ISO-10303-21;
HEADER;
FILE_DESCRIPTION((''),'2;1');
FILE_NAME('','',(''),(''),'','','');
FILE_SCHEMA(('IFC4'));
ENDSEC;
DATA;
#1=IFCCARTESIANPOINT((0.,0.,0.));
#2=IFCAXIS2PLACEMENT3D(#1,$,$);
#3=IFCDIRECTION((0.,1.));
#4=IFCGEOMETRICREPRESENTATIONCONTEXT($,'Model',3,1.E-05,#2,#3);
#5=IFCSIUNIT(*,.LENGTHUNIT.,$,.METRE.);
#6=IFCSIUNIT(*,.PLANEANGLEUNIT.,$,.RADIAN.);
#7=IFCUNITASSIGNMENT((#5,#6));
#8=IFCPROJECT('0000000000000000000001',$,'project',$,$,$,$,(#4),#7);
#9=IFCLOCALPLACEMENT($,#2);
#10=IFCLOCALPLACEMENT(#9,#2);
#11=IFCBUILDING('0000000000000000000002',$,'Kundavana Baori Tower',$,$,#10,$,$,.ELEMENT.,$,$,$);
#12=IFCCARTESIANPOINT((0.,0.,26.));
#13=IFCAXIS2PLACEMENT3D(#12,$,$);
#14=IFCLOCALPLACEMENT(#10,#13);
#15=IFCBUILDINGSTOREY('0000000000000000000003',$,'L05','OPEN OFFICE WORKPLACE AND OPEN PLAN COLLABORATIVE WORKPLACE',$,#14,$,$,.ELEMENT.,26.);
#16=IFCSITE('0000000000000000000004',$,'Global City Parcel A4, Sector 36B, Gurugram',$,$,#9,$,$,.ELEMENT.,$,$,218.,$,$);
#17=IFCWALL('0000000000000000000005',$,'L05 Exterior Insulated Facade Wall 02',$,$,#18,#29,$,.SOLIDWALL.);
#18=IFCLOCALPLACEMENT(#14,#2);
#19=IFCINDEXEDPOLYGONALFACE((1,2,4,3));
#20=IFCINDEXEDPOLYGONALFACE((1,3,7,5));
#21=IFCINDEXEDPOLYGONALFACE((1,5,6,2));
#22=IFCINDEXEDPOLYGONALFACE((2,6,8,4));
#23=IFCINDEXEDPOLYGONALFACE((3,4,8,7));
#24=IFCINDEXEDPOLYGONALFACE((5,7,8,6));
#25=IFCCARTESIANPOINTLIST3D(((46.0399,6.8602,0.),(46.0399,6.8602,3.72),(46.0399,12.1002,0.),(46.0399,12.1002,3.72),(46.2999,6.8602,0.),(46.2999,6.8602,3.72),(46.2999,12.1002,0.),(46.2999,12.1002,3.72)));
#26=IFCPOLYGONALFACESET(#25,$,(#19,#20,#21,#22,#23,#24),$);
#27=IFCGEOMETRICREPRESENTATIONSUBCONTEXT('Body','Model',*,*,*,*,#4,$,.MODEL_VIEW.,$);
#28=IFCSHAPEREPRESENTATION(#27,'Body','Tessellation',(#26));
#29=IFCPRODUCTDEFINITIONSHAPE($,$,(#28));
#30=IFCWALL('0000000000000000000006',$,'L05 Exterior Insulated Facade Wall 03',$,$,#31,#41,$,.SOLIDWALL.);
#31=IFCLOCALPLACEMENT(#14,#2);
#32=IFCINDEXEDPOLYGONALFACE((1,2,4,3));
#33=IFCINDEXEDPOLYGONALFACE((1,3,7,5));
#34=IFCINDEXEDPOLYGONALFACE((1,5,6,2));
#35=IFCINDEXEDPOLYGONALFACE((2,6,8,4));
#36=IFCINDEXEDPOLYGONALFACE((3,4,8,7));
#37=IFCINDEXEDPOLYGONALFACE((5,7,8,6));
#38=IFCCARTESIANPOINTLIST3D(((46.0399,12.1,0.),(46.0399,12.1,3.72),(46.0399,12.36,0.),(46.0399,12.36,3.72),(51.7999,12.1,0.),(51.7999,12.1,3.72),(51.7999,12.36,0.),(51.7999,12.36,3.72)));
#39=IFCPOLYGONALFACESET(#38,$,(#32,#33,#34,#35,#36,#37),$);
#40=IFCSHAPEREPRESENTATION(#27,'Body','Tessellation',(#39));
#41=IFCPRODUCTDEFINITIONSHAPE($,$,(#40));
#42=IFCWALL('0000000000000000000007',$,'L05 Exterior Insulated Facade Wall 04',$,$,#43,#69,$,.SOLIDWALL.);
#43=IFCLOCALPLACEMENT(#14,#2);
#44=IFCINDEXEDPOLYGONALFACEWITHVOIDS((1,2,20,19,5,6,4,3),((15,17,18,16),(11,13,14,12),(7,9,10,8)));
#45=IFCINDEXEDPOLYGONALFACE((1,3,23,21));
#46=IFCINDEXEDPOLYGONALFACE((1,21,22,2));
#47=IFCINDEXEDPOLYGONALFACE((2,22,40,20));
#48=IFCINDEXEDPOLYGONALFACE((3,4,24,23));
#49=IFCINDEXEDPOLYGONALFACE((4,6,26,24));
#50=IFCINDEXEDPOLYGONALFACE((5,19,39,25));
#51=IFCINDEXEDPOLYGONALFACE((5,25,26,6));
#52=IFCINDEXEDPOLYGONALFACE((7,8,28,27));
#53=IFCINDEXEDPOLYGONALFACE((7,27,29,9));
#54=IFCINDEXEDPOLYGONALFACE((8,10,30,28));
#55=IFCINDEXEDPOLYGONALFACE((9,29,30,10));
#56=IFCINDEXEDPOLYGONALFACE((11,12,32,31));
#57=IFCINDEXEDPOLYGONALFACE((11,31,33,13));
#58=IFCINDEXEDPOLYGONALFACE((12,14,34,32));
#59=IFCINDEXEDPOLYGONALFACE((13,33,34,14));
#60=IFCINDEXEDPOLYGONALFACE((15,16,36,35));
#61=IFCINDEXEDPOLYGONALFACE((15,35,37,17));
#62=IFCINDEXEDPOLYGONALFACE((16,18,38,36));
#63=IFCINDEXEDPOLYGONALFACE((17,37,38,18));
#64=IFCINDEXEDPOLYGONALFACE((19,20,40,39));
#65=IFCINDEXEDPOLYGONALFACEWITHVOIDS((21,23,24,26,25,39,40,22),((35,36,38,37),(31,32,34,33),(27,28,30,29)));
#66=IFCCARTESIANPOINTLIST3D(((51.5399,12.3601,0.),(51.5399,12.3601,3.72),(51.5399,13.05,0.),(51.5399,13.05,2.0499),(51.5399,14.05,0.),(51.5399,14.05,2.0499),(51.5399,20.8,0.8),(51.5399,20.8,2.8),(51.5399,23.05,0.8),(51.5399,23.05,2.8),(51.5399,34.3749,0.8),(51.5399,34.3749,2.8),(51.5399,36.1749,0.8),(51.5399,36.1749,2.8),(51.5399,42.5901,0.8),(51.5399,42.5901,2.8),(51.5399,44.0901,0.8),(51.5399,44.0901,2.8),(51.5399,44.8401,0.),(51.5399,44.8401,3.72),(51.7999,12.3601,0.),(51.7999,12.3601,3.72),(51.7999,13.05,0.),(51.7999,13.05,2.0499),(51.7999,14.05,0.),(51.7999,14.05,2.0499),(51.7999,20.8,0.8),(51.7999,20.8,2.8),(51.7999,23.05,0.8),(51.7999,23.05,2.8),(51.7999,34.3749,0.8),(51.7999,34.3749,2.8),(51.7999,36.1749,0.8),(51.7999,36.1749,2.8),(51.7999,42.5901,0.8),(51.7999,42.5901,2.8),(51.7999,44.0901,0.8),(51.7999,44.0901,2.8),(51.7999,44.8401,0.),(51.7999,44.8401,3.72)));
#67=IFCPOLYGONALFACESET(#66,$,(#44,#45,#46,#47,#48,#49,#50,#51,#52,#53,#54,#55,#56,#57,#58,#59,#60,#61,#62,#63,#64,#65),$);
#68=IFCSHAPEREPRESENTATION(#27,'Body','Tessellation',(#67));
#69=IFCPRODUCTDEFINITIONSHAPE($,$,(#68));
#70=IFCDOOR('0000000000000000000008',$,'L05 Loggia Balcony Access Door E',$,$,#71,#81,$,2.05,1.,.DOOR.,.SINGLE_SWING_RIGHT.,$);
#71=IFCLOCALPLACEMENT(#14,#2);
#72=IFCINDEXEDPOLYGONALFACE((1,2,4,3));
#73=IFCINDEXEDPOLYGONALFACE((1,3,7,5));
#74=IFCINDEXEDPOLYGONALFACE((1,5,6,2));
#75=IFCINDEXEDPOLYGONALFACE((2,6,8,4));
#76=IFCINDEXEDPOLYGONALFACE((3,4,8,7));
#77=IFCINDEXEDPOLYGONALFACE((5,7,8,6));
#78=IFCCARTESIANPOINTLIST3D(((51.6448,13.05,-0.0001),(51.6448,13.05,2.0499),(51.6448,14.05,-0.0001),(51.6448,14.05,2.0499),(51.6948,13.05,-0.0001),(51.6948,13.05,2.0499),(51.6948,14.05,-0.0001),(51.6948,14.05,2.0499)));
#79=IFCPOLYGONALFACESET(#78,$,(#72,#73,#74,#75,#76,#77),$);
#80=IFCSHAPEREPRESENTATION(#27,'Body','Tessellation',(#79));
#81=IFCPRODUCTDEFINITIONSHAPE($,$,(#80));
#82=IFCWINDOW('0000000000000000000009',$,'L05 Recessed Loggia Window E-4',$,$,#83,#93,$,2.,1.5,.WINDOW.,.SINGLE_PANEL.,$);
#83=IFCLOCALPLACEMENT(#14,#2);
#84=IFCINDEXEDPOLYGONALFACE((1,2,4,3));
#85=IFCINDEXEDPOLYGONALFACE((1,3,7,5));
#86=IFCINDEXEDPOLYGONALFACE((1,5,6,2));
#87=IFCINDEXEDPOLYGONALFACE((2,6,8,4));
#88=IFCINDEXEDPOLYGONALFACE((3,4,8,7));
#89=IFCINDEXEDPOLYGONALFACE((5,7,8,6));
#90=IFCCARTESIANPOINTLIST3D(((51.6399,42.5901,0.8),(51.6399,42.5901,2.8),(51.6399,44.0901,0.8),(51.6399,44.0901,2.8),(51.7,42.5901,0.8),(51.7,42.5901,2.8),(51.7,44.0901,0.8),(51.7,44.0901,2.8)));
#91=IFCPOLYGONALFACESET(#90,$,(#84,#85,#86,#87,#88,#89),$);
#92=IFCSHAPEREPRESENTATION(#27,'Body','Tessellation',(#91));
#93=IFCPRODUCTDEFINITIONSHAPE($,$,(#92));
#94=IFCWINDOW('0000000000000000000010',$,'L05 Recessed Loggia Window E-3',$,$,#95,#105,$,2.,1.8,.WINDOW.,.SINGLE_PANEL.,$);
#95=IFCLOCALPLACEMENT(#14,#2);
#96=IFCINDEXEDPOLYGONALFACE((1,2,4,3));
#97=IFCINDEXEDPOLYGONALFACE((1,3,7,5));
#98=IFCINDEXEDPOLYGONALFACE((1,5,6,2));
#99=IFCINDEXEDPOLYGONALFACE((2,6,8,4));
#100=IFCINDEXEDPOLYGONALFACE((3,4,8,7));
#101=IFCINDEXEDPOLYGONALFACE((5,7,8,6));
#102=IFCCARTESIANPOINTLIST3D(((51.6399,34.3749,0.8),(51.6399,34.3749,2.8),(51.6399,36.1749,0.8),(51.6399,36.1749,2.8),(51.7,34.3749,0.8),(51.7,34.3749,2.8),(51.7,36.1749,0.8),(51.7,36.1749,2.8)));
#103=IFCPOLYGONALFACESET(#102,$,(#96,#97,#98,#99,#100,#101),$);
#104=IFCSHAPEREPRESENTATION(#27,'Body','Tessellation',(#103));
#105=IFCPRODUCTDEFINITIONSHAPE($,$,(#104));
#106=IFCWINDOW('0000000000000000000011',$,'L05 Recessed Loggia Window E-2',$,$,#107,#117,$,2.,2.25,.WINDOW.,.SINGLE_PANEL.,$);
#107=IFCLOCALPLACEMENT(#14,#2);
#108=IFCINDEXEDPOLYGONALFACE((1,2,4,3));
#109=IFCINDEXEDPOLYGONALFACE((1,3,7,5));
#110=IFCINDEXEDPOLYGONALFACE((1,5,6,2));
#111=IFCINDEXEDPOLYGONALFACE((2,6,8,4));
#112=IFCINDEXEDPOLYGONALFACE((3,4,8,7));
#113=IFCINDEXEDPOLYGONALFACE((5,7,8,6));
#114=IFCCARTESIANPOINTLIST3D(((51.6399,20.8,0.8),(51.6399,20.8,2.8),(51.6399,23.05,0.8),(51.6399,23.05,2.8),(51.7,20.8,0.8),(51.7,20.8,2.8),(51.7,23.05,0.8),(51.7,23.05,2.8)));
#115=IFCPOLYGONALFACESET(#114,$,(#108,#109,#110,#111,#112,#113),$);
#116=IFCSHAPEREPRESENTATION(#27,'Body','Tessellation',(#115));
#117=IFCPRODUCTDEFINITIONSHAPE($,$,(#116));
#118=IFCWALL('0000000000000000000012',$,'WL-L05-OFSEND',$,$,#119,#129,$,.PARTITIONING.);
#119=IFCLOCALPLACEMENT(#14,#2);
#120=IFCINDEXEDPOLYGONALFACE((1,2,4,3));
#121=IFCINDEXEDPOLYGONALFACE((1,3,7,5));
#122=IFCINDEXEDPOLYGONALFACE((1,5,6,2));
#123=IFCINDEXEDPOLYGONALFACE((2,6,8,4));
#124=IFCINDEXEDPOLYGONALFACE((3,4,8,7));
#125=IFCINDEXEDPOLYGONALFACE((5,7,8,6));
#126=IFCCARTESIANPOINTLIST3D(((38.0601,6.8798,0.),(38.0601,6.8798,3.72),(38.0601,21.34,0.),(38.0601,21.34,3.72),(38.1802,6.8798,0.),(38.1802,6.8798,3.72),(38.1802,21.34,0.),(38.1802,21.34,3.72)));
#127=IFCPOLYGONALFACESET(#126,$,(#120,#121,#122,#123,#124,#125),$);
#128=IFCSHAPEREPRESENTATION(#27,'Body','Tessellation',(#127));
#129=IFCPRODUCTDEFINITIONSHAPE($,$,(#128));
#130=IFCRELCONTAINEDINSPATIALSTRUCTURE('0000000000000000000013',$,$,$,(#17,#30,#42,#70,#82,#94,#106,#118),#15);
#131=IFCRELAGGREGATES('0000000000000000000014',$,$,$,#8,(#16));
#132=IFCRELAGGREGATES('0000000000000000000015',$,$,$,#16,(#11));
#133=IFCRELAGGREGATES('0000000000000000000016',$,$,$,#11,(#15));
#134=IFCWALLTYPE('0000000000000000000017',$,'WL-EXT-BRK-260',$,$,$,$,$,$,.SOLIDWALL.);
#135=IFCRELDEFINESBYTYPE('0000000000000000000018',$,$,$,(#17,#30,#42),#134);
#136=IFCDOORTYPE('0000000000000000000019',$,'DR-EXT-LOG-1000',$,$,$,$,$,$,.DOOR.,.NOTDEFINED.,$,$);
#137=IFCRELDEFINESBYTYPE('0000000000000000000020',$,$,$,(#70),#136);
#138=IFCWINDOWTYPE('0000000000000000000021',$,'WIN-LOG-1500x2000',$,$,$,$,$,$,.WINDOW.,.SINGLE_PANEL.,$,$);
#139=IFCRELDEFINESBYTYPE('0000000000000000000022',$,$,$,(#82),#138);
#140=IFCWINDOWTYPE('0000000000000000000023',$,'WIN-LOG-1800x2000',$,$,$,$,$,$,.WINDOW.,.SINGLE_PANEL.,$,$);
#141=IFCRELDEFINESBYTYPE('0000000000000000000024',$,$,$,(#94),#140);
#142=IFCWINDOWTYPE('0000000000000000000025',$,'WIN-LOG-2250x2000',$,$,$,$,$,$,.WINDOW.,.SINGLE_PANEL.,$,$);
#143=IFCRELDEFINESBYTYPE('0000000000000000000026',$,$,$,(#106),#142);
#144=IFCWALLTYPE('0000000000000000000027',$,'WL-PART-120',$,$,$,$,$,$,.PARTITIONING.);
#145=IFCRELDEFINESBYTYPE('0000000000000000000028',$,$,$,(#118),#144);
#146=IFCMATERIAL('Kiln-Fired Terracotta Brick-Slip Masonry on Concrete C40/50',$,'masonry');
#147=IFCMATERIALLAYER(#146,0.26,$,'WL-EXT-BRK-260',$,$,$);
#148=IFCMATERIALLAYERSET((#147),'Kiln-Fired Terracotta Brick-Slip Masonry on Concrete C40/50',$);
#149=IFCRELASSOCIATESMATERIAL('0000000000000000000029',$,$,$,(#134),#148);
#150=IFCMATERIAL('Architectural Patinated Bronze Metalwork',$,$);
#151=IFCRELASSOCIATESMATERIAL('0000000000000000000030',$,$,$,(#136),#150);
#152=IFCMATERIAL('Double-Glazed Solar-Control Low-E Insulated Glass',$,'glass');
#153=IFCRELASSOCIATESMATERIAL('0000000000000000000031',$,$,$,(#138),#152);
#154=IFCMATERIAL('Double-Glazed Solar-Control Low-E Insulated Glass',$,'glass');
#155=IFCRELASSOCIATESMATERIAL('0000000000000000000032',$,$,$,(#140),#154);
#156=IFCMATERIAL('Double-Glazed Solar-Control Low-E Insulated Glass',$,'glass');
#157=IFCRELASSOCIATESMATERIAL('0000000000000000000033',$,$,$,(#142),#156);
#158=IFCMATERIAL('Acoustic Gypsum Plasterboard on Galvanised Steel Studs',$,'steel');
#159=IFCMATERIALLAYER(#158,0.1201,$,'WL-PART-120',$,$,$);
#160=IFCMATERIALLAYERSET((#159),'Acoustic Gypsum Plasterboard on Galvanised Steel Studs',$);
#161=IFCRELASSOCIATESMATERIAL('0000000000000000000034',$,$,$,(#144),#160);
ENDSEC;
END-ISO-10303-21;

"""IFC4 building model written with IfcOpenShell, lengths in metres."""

from ifc_helpers import new_model, si_unit, direction, frame, frame_2d, origin, place, context, subcontext, project, spatial, rectangle, extrude, material, layer, layer_set, type_object, element, fill, save


model = new_model("IFC4")

# Units and contexts
model_context = context("Model", 3, precision=1e-05, world=origin(), true_north=direction((0.0, 1.0)))
body_context = subcontext(model_context, "Body", "Model", "MODEL_VIEW")
ifc_project = project(units=[si_unit("LENGTHUNIT", "METRE"), si_unit("PLANEANGLEUNIT", "RADIAN")], contexts=[model_context])

# Site, building, storey
site_placement = place(None, origin())
site = spatial("IfcSite", under=ifc_project, at=site_placement, Name="Global City Parcel A4, Sector 36B, Gurugram", CompositionType="ELEMENT", RefElevation=218.0)
building_placement = place(site_placement, origin())
building = spatial("IfcBuilding", under=site, at=building_placement, Name="Kundavana Baori Tower", CompositionType="ELEMENT")
storey_placement = place(building_placement, frame((0.0, 0.0, 26.0)))
storey = spatial("IfcBuildingStorey", under=building, at=storey_placement, Name="L05", Description="OPEN OFFICE WORKPLACE AND OPEN PLAN COLLABORATIVE WORKPLACE", CompositionType="ELEMENT", Elevation=26.0)

# Walls
ifc_material_1 = material(Name="Kiln-Fired Terracotta Brick-Slip Masonry on Concrete C40/50", Category="masonry")
ifc_layer_1 = layer(ifc_material_1, 0.26, Name="WL-EXT-BRK-260")
ifc_layer_set_1 = layer_set([ifc_layer_1], Name="Kiln-Fired Terracotta Brick-Slip Masonry on Concrete C40/50")
wall_type_1 = type_object("IfcWallType", Name="WL-EXT-BRK-260", PredefinedType="SOLIDWALL", material=ifc_layer_set_1)
wall_1_placement = place(storey_placement, frame((46.1699, 6.8601, 0.0), z_axis=(0.0, 0.0, 1.0), x_axis=(0.0, 1.0, 0.0)))
element("IfcWall", 1, at=wall_1_placement, inside=storey, type_object=wall_type_1, Name="L05 Exterior Insulated Facade Wall 02", PredefinedType="SOLIDWALL", context=body_context, shape_type="SweptSolid", body=[
    extrude(rectangle(XDim=5.24, YDim=0.26, at=frame_2d((2.6201, 0.0))), origin(), (0.0, 0.0, 1.0), 3.72),
])
wall_2_placement = place(storey_placement, frame((46.04, 12.23, 0.0), z_axis=(0.0, 0.0, 1.0), x_axis=(1.0, 0.0, 0.0)))
element("IfcWall", 2, at=wall_2_placement, inside=storey, type_object=wall_type_1, Name="L05 Exterior Insulated Facade Wall 03", PredefinedType="SOLIDWALL", context=body_context, shape_type="SweptSolid", body=[
    extrude(rectangle(XDim=5.76, YDim=0.26, at=frame_2d((2.8799, 0.0))), origin(), (0.0, 0.0, 1.0), 3.72),
])

# Wall, openings, door, windows
wall_3_placement = place(storey_placement, frame((51.6699, 12.3601, 0.0), z_axis=(0.0, 0.0, 1.0), x_axis=(0.0, 1.0, 0.0)))
wall_3 = element("IfcWall", 3, at=wall_3_placement, inside=storey, type_object=wall_type_1, Name="L05 Exterior Insulated Facade Wall 04", PredefinedType="SOLIDWALL", context=body_context, shape_type="SweptSolid", body=[
    extrude(rectangle(XDim=32.48, YDim=0.26, at=frame_2d((16.24, 0.0))), origin(), (0.0, 0.0, 1.0), 3.72),
])
opening_1_placement = place(wall_3_placement, frame((0.6899, 0.0, 0.0)))
opening_1 = element("IfcOpeningElement", 4, at=opening_1_placement, cuts=wall_3, PredefinedType="OPENING", context=body_context, shape_type="SweptSolid", body=[
    extrude(rectangle(XDim=1.0, YDim=2.05, at=frame_2d((0.5, 1.0249))), frame((0.0, 0.1401, 0.0), z_axis=(0.0, -1.0, 0.0), x_axis=(1.0, 0.0, 0.0)), (0.0, 0.0, 1.0), 0.28),
])
opening_2_placement = place(wall_3_placement, frame((8.4399, 0.0, 0.8)))
opening_2 = element("IfcOpeningElement", 5, at=opening_2_placement, cuts=wall_3, PredefinedType="OPENING", context=body_context, shape_type="SweptSolid", body=[
    extrude(rectangle(XDim=2.25, YDim=2.0, at=frame_2d((1.125, 1.0))), frame((0.0, 0.1401, 0.0), z_axis=(0.0, -1.0, 0.0), x_axis=(1.0, 0.0, 0.0)), (0.0, 0.0, 1.0), 0.28),
])
opening_3_placement = place(wall_3_placement, frame((22.0149, 0.0, 0.8)))
opening_3 = element("IfcOpeningElement", 6, at=opening_3_placement, cuts=wall_3, PredefinedType="OPENING", context=body_context, shape_type="SweptSolid", body=[
    extrude(rectangle(XDim=1.8, YDim=2.0, at=frame_2d((0.8999, 1.0))), frame((0.0, 0.1401, 0.0), z_axis=(0.0, -1.0, 0.0), x_axis=(1.0, 0.0, 0.0)), (0.0, 0.0, 1.0), 0.28),
])
opening_4_placement = place(wall_3_placement, frame((30.23, 0.0, 0.8)))
opening_4 = element("IfcOpeningElement", 7, at=opening_4_placement, cuts=wall_3, PredefinedType="OPENING", context=body_context, shape_type="SweptSolid", body=[
    extrude(rectangle(XDim=1.5, YDim=2.0, at=frame_2d((0.75, 1.0))), frame((0.0, 0.1401, 0.0), z_axis=(0.0, -1.0, 0.0), x_axis=(1.0, 0.0, 0.0)), (0.0, 0.0, 1.0), 0.28),
])
ifc_material_2 = material(Name="Architectural Patinated Bronze Metalwork")
door_type_1 = type_object("IfcDoorType", Name="DR-EXT-LOG-1000", OperationType="NOTDEFINED", PredefinedType="DOOR", material=ifc_material_2)
door_1_placement = place(opening_1_placement, frame((1.0, 0.0, 0.0), z_axis=(0.0, 0.0, 1.0), x_axis=(-1.0, 0.0, 0.0)))
door_1 = element("IfcDoor", 8, at=door_1_placement, inside=storey, type_object=door_type_1, Name="L05 Loggia Balcony Access Door E", OperationType="SINGLE_SWING_RIGHT", OverallHeight=2.05, OverallWidth=1.0, PredefinedType="DOOR", context=body_context, shape_type="SweptSolid", body=[
    extrude(rectangle(XDim=1.0, YDim=2.05, at=frame_2d((0.5, 1.0249))), frame((0.0, 0.0249, 0.0), z_axis=(0.0, -1.0, 0.0), x_axis=(1.0, 0.0, 0.0)), (0.0, 0.0, 1.0), 0.05),
])
fill(opening_1, door_1)
ifc_material_3 = material(Name="Double-Glazed Solar-Control Low-E Insulated Glass", Category="glass")
window_type_1 = type_object("IfcWindowType", Name="WIN-LOG-1500x2000", PartitioningType="SINGLE_PANEL", PredefinedType="WINDOW", material=ifc_material_3)
window_1_placement = place(opening_4_placement, origin())
window_1 = element("IfcWindow", 9, at=window_1_placement, inside=storey, type_object=window_type_1, Name="L05 Recessed Loggia Window E-4", OverallHeight=2.0, OverallWidth=1.5, PartitioningType="SINGLE_PANEL", PredefinedType="WINDOW", context=body_context, shape_type="SweptSolid", body=[
    extrude(rectangle(XDim=1.5, YDim=2.0, at=frame_2d((0.75, 1.0))), frame((0.0, 0.03, 0.0), z_axis=(0.0, -1.0, 0.0), x_axis=(1.0, 0.0, 0.0)), (0.0, 0.0, 1.0), 0.0601),
])
fill(opening_4, window_1)
ifc_material_4 = material(Name="Double-Glazed Solar-Control Low-E Insulated Glass", Category="glass")
window_type_2 = type_object("IfcWindowType", Name="WIN-LOG-1800x2000", PartitioningType="SINGLE_PANEL", PredefinedType="WINDOW", material=ifc_material_4)
window_2_placement = place(opening_3_placement, origin())
window_2 = element("IfcWindow", 10, at=window_2_placement, inside=storey, type_object=window_type_2, Name="L05 Recessed Loggia Window E-3", OverallHeight=2.0, OverallWidth=1.8, PartitioningType="SINGLE_PANEL", PredefinedType="WINDOW", context=body_context, shape_type="SweptSolid", body=[
    extrude(rectangle(XDim=1.8, YDim=2.0, at=frame_2d((0.8999, 1.0))), frame((0.0, 0.03, 0.0), z_axis=(0.0, -1.0, 0.0), x_axis=(1.0, 0.0, 0.0)), (0.0, 0.0, 1.0), 0.0601),
])
fill(opening_3, window_2)
ifc_material_5 = material(Name="Double-Glazed Solar-Control Low-E Insulated Glass", Category="glass")
window_type_3 = type_object("IfcWindowType", Name="WIN-LOG-2250x2000", PartitioningType="SINGLE_PANEL", PredefinedType="WINDOW", material=ifc_material_5)
window_3_placement = place(opening_2_placement, origin())
window_3 = element("IfcWindow", 11, at=window_3_placement, inside=storey, type_object=window_type_3, Name="L05 Recessed Loggia Window E-2", OverallHeight=2.0, OverallWidth=2.25, PartitioningType="SINGLE_PANEL", PredefinedType="WINDOW", context=body_context, shape_type="SweptSolid", body=[
    extrude(rectangle(XDim=2.25, YDim=2.0, at=frame_2d((1.125, 1.0))), frame((0.0, 0.03, 0.0), z_axis=(0.0, -1.0, 0.0), x_axis=(1.0, 0.0, 0.0)), (0.0, 0.0, 1.0), 0.0601),
])
fill(opening_2, window_3)

# Wall
ifc_material_6 = material(Name="Acoustic Gypsum Plasterboard on Galvanised Steel Studs", Category="steel")
ifc_layer_2 = layer(ifc_material_6, 0.1201, Name="WL-PART-120")
ifc_layer_set_2 = layer_set([ifc_layer_2], Name="Acoustic Gypsum Plasterboard on Galvanised Steel Studs")
wall_type_2 = type_object("IfcWallType", Name="WL-PART-120", PredefinedType="PARTITIONING", material=ifc_layer_set_2)
wall_4_placement = place(storey_placement, frame((38.1201, 6.8799, 0.0), z_axis=(0.0, 0.0, 1.0), x_axis=(0.0, 1.0, 0.0)))
element("IfcWall", 12, at=wall_4_placement, inside=storey, type_object=wall_type_2, Name="WL-L05-OFSEND", PredefinedType="PARTITIONING", context=body_context, shape_type="SweptSolid", body=[
    extrude(rectangle(XDim=14.4602, YDim=0.1201, at=frame_2d((7.23, 0.0))), origin(), (0.0, 0.0, 1.0), 3.72),
])

save(model, "model.ifc")
